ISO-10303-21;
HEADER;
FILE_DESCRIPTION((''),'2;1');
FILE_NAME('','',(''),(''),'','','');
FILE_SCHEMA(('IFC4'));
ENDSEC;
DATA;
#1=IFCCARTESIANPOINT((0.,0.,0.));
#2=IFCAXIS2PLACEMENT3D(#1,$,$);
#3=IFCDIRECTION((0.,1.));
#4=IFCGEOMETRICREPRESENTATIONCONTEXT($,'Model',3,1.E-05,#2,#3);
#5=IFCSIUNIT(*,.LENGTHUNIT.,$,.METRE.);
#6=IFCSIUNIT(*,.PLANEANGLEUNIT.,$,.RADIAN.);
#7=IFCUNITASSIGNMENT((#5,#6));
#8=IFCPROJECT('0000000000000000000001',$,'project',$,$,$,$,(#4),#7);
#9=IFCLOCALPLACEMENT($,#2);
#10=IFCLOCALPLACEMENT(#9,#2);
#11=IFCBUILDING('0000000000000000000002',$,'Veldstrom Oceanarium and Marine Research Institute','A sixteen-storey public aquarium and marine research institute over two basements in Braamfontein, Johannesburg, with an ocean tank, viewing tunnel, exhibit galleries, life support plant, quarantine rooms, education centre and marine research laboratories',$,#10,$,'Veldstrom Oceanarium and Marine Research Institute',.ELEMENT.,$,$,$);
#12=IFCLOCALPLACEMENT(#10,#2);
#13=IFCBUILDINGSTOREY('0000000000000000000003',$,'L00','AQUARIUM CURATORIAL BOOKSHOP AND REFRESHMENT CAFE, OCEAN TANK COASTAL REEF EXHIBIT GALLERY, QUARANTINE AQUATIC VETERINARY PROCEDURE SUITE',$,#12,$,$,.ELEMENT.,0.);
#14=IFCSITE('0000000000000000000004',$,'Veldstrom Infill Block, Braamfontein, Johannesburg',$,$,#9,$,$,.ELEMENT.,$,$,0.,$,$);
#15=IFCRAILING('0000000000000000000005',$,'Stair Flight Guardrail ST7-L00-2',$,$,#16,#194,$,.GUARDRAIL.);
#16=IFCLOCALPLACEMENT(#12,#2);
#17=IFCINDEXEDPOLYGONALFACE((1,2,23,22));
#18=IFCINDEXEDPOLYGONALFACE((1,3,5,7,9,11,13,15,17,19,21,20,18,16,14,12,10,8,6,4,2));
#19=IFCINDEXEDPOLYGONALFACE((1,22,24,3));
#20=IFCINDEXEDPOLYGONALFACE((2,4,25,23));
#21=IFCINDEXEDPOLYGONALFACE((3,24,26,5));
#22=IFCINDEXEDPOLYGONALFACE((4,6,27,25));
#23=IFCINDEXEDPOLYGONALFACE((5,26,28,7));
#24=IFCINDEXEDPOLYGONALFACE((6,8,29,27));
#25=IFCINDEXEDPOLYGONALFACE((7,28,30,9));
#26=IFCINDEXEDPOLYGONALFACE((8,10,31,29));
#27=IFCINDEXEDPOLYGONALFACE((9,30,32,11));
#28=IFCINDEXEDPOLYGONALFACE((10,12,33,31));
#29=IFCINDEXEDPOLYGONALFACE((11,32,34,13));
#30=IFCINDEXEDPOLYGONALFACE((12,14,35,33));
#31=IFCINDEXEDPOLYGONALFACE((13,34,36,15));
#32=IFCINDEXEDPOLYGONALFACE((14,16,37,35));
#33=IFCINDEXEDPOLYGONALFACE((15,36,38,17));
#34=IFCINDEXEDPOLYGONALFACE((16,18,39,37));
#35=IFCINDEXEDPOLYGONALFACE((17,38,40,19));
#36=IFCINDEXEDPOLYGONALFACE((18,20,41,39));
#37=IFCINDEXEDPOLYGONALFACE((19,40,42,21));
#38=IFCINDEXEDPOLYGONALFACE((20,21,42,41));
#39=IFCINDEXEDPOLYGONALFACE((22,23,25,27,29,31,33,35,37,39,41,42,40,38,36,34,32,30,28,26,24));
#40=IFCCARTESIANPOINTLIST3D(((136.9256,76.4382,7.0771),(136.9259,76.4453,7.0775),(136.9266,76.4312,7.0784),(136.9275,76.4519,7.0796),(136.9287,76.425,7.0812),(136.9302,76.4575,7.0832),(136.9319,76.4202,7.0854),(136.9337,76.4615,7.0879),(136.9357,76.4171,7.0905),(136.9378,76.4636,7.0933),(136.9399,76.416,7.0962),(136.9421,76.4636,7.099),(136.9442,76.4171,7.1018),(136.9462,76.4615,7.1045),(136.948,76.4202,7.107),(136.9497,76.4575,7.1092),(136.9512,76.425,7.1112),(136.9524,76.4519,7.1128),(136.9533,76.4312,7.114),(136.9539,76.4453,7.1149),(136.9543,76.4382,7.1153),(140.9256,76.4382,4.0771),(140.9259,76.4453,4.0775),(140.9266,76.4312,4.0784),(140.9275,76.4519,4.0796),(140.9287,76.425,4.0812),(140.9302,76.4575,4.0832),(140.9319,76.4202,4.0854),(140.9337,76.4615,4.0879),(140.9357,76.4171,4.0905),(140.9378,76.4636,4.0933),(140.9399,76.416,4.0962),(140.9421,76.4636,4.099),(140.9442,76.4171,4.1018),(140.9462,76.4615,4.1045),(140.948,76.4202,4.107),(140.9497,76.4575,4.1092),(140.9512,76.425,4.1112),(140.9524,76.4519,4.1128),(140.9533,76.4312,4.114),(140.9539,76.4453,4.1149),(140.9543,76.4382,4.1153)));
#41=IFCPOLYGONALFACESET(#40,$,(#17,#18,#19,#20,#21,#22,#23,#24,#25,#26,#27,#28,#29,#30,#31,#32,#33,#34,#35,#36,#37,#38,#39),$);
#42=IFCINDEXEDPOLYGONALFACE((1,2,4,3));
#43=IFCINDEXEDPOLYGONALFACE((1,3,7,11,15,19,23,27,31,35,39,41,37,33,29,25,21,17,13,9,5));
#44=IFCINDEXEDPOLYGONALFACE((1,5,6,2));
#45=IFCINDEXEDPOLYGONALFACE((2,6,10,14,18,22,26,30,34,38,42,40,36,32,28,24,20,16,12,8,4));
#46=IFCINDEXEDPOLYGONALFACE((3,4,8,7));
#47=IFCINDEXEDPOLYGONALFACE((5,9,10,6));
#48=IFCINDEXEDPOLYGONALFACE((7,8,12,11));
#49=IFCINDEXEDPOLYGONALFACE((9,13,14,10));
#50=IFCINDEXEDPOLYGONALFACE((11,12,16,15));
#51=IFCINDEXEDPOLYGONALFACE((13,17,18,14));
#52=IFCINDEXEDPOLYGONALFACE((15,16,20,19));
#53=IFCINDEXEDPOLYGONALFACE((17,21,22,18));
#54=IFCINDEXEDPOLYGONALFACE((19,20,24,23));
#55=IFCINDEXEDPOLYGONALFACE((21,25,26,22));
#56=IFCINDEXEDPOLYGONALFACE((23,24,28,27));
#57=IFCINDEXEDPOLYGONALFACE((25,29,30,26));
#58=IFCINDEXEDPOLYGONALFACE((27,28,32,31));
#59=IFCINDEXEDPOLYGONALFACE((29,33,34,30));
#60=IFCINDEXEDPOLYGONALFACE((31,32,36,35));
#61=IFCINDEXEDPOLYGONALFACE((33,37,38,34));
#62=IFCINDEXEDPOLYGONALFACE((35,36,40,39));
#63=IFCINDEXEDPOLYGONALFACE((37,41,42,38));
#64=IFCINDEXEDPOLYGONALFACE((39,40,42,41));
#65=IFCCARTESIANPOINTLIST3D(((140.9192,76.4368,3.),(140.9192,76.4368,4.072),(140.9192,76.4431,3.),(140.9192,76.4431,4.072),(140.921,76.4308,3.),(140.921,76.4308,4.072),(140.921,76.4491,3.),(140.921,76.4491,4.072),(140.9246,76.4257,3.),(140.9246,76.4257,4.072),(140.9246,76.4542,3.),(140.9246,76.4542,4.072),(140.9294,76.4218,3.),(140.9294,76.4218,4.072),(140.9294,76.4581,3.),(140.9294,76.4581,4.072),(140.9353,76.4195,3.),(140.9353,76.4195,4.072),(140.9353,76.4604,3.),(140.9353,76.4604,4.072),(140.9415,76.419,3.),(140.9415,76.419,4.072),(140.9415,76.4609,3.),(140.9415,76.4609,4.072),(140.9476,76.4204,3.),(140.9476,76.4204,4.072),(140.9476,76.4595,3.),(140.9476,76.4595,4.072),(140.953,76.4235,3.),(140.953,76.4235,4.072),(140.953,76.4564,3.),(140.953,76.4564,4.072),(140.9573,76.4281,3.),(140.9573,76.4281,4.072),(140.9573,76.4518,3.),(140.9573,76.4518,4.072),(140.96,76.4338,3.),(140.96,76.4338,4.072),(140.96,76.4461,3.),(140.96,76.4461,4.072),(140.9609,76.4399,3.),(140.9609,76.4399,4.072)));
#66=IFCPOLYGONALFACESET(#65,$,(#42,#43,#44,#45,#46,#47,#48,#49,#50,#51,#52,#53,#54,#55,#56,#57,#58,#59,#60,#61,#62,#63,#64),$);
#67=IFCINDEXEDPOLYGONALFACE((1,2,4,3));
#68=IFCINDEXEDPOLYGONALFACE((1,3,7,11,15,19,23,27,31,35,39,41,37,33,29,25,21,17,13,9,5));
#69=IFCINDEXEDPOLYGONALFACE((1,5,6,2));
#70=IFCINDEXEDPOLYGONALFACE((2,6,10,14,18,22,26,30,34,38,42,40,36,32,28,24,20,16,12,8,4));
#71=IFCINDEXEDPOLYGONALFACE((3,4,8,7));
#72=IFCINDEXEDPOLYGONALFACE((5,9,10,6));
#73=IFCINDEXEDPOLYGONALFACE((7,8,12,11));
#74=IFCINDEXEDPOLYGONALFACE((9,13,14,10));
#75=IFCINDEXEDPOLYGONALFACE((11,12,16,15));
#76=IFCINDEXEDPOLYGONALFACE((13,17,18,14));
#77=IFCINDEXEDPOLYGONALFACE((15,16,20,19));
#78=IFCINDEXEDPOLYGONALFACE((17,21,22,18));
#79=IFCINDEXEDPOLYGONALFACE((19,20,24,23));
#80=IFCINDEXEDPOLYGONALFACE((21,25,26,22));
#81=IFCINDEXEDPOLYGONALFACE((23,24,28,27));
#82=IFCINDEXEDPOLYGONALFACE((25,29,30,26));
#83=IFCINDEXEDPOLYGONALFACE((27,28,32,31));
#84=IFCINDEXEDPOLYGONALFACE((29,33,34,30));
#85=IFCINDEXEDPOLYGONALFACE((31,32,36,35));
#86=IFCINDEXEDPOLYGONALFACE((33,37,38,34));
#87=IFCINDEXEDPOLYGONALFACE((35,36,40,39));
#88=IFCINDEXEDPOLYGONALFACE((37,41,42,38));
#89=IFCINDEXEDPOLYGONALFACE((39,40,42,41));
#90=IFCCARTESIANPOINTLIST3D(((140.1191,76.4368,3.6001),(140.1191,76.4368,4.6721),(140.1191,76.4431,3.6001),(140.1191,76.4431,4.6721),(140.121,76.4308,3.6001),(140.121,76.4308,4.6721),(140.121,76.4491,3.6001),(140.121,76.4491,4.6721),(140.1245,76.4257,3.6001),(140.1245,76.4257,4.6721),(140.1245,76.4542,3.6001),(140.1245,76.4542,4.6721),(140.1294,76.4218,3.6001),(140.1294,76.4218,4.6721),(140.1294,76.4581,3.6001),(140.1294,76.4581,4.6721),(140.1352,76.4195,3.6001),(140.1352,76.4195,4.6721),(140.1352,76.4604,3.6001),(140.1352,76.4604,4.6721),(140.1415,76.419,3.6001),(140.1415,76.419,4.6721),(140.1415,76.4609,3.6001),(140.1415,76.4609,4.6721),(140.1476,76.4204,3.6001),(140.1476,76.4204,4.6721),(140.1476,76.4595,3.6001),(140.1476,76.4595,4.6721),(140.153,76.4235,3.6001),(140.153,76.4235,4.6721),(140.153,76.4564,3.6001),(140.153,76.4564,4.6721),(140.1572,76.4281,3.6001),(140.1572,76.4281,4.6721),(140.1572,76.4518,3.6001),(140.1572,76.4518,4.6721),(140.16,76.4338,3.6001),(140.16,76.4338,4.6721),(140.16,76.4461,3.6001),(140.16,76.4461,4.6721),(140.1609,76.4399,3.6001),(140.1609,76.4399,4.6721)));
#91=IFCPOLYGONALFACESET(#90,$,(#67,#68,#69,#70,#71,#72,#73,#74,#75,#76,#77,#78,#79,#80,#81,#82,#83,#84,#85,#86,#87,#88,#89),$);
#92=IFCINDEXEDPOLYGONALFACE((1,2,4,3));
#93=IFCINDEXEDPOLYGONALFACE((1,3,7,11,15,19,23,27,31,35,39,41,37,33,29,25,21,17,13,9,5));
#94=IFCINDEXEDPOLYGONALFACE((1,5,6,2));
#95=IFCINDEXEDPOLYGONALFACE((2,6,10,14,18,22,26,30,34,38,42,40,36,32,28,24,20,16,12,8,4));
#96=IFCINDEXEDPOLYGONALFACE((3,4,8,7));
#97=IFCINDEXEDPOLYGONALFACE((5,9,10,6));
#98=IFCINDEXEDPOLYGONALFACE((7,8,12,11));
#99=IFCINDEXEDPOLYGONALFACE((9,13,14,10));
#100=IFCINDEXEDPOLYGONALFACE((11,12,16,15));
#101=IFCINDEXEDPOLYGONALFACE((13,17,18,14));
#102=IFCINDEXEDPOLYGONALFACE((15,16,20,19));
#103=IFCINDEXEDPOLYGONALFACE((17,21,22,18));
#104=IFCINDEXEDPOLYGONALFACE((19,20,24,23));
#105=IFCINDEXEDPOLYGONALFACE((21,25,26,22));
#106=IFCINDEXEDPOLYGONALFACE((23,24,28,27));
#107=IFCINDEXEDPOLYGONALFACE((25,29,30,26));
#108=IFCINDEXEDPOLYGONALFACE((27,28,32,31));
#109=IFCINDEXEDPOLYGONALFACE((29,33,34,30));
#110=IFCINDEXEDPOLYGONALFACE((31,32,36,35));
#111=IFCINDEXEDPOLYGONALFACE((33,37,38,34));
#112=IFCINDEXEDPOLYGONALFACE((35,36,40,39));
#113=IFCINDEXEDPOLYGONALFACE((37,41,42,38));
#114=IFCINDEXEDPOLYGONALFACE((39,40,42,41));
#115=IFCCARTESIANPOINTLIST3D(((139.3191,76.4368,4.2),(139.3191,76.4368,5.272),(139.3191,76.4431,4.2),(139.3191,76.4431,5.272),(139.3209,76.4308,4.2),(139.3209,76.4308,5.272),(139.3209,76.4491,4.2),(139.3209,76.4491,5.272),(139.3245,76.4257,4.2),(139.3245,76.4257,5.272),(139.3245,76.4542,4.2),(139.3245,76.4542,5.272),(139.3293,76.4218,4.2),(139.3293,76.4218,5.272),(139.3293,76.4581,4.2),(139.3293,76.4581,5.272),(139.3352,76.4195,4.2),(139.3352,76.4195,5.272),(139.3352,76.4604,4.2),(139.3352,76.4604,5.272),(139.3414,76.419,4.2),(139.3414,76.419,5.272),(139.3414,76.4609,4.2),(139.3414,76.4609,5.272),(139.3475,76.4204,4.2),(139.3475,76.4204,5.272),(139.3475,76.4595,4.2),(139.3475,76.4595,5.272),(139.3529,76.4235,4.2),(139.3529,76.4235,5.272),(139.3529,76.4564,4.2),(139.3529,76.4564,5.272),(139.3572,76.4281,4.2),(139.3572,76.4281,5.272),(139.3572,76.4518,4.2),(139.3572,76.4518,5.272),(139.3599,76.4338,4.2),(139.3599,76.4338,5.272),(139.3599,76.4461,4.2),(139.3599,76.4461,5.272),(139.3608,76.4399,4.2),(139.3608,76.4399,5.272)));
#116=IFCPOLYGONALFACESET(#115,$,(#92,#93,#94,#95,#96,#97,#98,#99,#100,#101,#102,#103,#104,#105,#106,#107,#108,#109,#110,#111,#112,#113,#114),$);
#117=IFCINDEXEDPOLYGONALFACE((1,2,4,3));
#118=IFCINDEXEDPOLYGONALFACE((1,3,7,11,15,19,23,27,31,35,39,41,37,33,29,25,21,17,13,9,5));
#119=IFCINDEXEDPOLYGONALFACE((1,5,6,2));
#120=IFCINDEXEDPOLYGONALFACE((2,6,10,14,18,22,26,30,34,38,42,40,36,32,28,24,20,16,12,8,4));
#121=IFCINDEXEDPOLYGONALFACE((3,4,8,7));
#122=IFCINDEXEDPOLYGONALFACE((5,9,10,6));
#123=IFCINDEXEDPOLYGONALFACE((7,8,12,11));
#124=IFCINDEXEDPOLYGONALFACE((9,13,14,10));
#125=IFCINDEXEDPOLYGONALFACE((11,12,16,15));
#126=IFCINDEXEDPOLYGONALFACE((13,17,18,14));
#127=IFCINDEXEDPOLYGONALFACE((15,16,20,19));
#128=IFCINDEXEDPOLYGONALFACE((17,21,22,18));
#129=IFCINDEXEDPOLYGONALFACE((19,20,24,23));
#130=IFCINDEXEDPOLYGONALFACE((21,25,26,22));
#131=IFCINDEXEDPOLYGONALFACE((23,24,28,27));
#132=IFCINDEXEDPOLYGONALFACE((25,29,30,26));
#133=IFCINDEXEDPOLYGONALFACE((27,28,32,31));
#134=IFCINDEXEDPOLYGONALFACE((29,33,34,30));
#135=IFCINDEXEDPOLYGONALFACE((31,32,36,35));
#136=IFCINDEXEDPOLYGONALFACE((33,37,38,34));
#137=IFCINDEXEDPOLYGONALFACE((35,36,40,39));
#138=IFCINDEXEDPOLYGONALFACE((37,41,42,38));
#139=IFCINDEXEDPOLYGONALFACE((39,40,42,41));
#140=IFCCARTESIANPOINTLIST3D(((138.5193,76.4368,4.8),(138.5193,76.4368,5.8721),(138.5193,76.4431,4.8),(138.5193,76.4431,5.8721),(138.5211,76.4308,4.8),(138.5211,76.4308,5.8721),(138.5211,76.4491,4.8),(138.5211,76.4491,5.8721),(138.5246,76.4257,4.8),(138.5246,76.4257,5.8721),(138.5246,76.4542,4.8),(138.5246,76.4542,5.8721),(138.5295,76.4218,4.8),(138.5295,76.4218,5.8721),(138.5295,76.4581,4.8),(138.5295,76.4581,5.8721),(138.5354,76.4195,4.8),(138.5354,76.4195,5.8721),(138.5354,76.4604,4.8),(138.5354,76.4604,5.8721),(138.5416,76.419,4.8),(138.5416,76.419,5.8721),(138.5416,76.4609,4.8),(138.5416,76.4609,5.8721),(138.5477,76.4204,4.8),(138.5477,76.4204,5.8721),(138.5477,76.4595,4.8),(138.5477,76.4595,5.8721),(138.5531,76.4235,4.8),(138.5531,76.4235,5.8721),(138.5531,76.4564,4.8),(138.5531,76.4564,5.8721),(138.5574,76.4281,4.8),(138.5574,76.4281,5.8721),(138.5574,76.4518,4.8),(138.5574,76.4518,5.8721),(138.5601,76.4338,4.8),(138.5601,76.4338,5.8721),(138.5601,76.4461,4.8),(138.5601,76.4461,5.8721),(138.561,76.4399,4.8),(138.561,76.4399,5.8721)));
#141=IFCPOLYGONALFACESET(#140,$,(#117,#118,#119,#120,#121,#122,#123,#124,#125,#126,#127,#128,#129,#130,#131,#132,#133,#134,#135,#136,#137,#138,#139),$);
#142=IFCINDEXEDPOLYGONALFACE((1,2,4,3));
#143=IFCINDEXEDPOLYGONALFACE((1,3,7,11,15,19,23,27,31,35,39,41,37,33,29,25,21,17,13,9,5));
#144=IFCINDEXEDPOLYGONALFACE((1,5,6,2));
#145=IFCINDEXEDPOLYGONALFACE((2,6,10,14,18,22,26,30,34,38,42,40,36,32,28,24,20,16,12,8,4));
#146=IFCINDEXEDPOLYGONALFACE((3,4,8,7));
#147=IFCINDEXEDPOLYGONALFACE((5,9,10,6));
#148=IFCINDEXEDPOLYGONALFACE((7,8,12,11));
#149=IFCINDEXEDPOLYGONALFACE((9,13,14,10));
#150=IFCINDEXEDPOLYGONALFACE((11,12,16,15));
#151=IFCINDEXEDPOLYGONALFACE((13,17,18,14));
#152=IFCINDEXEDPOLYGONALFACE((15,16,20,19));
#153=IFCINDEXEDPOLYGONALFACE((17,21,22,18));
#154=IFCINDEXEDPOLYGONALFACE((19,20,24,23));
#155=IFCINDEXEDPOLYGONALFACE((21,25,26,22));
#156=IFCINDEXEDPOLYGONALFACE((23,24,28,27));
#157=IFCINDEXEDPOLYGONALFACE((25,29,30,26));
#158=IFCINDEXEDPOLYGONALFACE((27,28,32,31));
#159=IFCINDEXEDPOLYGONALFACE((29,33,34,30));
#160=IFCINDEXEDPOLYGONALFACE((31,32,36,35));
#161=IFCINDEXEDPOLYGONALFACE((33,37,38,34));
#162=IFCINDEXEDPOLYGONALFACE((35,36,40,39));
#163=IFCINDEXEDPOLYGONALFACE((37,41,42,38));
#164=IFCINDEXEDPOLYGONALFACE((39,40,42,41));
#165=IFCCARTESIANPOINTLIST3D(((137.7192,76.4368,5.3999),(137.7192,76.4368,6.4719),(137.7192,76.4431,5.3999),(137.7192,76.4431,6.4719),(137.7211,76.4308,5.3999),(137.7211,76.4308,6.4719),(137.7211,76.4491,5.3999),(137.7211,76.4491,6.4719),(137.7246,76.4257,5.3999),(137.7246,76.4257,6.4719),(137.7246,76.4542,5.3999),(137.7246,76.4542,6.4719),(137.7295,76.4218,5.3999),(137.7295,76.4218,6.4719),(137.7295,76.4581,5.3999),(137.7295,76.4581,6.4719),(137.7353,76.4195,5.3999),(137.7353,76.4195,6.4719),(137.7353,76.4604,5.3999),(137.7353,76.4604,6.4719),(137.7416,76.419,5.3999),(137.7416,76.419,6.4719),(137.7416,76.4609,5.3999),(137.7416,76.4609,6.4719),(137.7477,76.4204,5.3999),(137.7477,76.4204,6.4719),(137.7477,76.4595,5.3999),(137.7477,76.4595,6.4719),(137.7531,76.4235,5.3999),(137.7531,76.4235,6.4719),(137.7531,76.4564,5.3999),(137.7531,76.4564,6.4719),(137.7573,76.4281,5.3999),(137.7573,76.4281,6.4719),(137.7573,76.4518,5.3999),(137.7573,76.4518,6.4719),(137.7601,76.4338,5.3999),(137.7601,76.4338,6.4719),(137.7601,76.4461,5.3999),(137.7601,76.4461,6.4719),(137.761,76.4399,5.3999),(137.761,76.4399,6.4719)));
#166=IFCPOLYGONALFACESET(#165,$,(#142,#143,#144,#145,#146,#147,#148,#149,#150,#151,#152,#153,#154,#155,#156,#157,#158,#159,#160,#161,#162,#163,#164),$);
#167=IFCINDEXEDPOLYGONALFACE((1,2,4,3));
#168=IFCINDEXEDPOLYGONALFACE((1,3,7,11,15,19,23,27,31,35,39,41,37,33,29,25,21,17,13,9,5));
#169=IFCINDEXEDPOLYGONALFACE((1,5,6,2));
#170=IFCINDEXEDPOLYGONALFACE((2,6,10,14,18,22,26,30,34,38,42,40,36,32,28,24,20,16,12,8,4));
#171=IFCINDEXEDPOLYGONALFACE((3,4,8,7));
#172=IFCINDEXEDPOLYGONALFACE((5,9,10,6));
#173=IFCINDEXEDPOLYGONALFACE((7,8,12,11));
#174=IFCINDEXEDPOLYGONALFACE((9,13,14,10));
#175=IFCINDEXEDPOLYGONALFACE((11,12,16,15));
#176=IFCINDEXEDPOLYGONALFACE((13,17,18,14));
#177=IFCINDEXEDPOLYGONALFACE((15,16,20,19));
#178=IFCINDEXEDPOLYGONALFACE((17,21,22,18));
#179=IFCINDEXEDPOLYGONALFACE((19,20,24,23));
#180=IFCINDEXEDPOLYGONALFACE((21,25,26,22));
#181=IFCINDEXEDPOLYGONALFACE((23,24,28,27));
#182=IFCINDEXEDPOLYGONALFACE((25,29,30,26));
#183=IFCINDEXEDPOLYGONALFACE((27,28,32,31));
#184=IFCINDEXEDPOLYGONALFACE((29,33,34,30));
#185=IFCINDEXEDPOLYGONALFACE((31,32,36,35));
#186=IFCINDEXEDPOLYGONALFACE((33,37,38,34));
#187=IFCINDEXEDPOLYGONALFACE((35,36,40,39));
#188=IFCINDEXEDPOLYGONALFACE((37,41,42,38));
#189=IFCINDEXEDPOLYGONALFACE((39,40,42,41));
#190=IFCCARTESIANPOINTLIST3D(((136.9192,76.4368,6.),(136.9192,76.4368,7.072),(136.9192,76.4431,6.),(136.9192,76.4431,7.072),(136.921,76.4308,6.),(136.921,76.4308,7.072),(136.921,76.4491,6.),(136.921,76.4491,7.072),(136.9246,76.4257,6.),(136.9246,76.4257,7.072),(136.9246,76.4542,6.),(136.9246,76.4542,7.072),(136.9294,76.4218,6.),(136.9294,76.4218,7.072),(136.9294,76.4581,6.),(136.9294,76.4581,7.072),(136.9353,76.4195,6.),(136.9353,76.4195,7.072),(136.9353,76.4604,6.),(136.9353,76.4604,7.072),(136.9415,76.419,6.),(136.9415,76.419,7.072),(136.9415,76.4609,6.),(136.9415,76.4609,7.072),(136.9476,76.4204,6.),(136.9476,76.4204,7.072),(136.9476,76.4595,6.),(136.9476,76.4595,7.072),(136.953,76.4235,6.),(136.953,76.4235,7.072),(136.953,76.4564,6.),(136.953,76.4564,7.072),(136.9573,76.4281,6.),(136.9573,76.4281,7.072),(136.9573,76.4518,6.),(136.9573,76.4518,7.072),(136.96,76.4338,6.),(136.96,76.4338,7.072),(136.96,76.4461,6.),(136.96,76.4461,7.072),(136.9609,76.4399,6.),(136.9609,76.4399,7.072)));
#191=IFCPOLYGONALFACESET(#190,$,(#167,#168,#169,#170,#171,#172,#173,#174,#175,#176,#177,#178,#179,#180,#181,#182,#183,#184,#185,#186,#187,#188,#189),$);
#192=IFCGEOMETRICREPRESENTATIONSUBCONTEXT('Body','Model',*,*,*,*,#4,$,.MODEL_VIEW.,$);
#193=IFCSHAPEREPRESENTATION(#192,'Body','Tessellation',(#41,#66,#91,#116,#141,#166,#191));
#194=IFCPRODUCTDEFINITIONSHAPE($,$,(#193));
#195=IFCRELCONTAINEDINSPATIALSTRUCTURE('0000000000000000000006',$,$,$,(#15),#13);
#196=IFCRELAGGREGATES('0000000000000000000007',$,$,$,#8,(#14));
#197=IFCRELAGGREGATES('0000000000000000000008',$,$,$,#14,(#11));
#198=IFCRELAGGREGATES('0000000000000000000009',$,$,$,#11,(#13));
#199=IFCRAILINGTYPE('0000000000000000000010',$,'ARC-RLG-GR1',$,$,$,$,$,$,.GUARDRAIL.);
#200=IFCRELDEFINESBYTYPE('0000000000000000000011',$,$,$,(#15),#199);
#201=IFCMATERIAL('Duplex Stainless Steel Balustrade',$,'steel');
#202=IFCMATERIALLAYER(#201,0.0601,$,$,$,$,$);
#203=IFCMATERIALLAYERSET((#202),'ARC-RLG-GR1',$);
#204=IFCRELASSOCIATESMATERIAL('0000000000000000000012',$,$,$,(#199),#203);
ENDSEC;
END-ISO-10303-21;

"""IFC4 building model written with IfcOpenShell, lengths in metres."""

from ifc_helpers import new_model, si_unit, direction, frame, origin, origin_2d, place, context, subcontext, project, spatial, circle, extrude, material, layer, layer_set, type_object, element, save


model = new_model("IFC4")

# Units and contexts
model_context = context("Model", 3, precision=1e-05, world=origin(), true_north=direction((0.0, 1.0)))
body_context = subcontext(model_context, "Body", "Model", "MODEL_VIEW")
ifc_project = project(units=[si_unit("LENGTHUNIT", "METRE"), si_unit("PLANEANGLEUNIT", "RADIAN")], contexts=[model_context])

# Site, building, storey
site_placement = place(None, origin())
site = spatial("IfcSite", under=ifc_project, at=site_placement, Name="Veldstrom Infill Block, Braamfontein, Johannesburg", CompositionType="ELEMENT", RefElevation=0.0)
building_placement = place(site_placement, origin())
building = spatial("IfcBuilding", under=site, at=building_placement, Name="Veldstrom Oceanarium and Marine Research Institute", Description="A sixteen-storey public aquarium and marine research institute over two basements in Braamfontein, Johannesburg, with an ocean tank, viewing tunnel, exhibit galleries, life support plant, quarantine rooms, education centre and marine research laboratories", LongName="Veldstrom Oceanarium and Marine Research Institute", CompositionType="ELEMENT")
storey_placement = place(building_placement, origin())
storey = spatial("IfcBuildingStorey", under=building, at=storey_placement, Name="L00", Description="AQUARIUM CURATORIAL BOOKSHOP AND REFRESHMENT CAFE, OCEAN TANK COASTAL REEF EXHIBIT GALLERY, QUARANTINE AQUATIC VETERINARY PROCEDURE SUITE", CompositionType="ELEMENT", Elevation=0.0)

# Railing
ifc_material_1 = material(Name="Duplex Stainless Steel Balustrade", Category="steel")
ifc_layer_1 = layer(ifc_material_1, 0.0601)
ifc_layer_set_1 = layer_set([ifc_layer_1], Name="ARC-RLG-GR1")
railing_type_1 = type_object("IfcRailingType", Name="ARC-RLG-GR1", PredefinedType="GUARDRAIL", material=ifc_layer_set_1)
railing_1_placement = place(storey_placement, frame((140.9399, 76.4399, 3.0)))
element("IfcRailing", 1, at=railing_1_placement, inside=storey, type_object=railing_type_1, Name="Stair Flight Guardrail ST7-L00-2", PredefinedType="GUARDRAIL", context=body_context, shape_type="SweptSolid", body=[
    extrude(circle(Radius=0.0239, at=origin_2d()), frame((0.0, 0.0, 1.0962), z_axis=(-0.8, 0.0, 0.6), x_axis=(0.0, -1.0, 0.0)), (0.0, 0.0, 1.0), 5.0),
    extrude(circle(Radius=0.021, at=origin_2d()), origin(), (0.0, 0.0, 1.0), 1.072),
    extrude(circle(Radius=0.021, at=origin_2d()), frame((-0.8, 0.0, 0.6001)), (0.0, 0.0, 1.0), 1.072),
    extrude(circle(Radius=0.021, at=origin_2d()), frame((-1.6001, 0.0, 1.2)), (0.0, 0.0, 1.0), 1.072),
    extrude(circle(Radius=0.021, at=origin_2d()), frame((-2.3999, 0.0, 1.8)), (0.0, 0.0, 1.0), 1.072),
    extrude(circle(Radius=0.021, at=origin_2d()), frame((-3.2, 0.0, 2.3999)), (0.0, 0.0, 1.0), 1.072),
    extrude(circle(Radius=0.021, at=origin_2d()), frame((-4.0, 0.0, 3.0)), (0.0, 0.0, 1.0), 1.072),
])

save(model, "model.ifc")
